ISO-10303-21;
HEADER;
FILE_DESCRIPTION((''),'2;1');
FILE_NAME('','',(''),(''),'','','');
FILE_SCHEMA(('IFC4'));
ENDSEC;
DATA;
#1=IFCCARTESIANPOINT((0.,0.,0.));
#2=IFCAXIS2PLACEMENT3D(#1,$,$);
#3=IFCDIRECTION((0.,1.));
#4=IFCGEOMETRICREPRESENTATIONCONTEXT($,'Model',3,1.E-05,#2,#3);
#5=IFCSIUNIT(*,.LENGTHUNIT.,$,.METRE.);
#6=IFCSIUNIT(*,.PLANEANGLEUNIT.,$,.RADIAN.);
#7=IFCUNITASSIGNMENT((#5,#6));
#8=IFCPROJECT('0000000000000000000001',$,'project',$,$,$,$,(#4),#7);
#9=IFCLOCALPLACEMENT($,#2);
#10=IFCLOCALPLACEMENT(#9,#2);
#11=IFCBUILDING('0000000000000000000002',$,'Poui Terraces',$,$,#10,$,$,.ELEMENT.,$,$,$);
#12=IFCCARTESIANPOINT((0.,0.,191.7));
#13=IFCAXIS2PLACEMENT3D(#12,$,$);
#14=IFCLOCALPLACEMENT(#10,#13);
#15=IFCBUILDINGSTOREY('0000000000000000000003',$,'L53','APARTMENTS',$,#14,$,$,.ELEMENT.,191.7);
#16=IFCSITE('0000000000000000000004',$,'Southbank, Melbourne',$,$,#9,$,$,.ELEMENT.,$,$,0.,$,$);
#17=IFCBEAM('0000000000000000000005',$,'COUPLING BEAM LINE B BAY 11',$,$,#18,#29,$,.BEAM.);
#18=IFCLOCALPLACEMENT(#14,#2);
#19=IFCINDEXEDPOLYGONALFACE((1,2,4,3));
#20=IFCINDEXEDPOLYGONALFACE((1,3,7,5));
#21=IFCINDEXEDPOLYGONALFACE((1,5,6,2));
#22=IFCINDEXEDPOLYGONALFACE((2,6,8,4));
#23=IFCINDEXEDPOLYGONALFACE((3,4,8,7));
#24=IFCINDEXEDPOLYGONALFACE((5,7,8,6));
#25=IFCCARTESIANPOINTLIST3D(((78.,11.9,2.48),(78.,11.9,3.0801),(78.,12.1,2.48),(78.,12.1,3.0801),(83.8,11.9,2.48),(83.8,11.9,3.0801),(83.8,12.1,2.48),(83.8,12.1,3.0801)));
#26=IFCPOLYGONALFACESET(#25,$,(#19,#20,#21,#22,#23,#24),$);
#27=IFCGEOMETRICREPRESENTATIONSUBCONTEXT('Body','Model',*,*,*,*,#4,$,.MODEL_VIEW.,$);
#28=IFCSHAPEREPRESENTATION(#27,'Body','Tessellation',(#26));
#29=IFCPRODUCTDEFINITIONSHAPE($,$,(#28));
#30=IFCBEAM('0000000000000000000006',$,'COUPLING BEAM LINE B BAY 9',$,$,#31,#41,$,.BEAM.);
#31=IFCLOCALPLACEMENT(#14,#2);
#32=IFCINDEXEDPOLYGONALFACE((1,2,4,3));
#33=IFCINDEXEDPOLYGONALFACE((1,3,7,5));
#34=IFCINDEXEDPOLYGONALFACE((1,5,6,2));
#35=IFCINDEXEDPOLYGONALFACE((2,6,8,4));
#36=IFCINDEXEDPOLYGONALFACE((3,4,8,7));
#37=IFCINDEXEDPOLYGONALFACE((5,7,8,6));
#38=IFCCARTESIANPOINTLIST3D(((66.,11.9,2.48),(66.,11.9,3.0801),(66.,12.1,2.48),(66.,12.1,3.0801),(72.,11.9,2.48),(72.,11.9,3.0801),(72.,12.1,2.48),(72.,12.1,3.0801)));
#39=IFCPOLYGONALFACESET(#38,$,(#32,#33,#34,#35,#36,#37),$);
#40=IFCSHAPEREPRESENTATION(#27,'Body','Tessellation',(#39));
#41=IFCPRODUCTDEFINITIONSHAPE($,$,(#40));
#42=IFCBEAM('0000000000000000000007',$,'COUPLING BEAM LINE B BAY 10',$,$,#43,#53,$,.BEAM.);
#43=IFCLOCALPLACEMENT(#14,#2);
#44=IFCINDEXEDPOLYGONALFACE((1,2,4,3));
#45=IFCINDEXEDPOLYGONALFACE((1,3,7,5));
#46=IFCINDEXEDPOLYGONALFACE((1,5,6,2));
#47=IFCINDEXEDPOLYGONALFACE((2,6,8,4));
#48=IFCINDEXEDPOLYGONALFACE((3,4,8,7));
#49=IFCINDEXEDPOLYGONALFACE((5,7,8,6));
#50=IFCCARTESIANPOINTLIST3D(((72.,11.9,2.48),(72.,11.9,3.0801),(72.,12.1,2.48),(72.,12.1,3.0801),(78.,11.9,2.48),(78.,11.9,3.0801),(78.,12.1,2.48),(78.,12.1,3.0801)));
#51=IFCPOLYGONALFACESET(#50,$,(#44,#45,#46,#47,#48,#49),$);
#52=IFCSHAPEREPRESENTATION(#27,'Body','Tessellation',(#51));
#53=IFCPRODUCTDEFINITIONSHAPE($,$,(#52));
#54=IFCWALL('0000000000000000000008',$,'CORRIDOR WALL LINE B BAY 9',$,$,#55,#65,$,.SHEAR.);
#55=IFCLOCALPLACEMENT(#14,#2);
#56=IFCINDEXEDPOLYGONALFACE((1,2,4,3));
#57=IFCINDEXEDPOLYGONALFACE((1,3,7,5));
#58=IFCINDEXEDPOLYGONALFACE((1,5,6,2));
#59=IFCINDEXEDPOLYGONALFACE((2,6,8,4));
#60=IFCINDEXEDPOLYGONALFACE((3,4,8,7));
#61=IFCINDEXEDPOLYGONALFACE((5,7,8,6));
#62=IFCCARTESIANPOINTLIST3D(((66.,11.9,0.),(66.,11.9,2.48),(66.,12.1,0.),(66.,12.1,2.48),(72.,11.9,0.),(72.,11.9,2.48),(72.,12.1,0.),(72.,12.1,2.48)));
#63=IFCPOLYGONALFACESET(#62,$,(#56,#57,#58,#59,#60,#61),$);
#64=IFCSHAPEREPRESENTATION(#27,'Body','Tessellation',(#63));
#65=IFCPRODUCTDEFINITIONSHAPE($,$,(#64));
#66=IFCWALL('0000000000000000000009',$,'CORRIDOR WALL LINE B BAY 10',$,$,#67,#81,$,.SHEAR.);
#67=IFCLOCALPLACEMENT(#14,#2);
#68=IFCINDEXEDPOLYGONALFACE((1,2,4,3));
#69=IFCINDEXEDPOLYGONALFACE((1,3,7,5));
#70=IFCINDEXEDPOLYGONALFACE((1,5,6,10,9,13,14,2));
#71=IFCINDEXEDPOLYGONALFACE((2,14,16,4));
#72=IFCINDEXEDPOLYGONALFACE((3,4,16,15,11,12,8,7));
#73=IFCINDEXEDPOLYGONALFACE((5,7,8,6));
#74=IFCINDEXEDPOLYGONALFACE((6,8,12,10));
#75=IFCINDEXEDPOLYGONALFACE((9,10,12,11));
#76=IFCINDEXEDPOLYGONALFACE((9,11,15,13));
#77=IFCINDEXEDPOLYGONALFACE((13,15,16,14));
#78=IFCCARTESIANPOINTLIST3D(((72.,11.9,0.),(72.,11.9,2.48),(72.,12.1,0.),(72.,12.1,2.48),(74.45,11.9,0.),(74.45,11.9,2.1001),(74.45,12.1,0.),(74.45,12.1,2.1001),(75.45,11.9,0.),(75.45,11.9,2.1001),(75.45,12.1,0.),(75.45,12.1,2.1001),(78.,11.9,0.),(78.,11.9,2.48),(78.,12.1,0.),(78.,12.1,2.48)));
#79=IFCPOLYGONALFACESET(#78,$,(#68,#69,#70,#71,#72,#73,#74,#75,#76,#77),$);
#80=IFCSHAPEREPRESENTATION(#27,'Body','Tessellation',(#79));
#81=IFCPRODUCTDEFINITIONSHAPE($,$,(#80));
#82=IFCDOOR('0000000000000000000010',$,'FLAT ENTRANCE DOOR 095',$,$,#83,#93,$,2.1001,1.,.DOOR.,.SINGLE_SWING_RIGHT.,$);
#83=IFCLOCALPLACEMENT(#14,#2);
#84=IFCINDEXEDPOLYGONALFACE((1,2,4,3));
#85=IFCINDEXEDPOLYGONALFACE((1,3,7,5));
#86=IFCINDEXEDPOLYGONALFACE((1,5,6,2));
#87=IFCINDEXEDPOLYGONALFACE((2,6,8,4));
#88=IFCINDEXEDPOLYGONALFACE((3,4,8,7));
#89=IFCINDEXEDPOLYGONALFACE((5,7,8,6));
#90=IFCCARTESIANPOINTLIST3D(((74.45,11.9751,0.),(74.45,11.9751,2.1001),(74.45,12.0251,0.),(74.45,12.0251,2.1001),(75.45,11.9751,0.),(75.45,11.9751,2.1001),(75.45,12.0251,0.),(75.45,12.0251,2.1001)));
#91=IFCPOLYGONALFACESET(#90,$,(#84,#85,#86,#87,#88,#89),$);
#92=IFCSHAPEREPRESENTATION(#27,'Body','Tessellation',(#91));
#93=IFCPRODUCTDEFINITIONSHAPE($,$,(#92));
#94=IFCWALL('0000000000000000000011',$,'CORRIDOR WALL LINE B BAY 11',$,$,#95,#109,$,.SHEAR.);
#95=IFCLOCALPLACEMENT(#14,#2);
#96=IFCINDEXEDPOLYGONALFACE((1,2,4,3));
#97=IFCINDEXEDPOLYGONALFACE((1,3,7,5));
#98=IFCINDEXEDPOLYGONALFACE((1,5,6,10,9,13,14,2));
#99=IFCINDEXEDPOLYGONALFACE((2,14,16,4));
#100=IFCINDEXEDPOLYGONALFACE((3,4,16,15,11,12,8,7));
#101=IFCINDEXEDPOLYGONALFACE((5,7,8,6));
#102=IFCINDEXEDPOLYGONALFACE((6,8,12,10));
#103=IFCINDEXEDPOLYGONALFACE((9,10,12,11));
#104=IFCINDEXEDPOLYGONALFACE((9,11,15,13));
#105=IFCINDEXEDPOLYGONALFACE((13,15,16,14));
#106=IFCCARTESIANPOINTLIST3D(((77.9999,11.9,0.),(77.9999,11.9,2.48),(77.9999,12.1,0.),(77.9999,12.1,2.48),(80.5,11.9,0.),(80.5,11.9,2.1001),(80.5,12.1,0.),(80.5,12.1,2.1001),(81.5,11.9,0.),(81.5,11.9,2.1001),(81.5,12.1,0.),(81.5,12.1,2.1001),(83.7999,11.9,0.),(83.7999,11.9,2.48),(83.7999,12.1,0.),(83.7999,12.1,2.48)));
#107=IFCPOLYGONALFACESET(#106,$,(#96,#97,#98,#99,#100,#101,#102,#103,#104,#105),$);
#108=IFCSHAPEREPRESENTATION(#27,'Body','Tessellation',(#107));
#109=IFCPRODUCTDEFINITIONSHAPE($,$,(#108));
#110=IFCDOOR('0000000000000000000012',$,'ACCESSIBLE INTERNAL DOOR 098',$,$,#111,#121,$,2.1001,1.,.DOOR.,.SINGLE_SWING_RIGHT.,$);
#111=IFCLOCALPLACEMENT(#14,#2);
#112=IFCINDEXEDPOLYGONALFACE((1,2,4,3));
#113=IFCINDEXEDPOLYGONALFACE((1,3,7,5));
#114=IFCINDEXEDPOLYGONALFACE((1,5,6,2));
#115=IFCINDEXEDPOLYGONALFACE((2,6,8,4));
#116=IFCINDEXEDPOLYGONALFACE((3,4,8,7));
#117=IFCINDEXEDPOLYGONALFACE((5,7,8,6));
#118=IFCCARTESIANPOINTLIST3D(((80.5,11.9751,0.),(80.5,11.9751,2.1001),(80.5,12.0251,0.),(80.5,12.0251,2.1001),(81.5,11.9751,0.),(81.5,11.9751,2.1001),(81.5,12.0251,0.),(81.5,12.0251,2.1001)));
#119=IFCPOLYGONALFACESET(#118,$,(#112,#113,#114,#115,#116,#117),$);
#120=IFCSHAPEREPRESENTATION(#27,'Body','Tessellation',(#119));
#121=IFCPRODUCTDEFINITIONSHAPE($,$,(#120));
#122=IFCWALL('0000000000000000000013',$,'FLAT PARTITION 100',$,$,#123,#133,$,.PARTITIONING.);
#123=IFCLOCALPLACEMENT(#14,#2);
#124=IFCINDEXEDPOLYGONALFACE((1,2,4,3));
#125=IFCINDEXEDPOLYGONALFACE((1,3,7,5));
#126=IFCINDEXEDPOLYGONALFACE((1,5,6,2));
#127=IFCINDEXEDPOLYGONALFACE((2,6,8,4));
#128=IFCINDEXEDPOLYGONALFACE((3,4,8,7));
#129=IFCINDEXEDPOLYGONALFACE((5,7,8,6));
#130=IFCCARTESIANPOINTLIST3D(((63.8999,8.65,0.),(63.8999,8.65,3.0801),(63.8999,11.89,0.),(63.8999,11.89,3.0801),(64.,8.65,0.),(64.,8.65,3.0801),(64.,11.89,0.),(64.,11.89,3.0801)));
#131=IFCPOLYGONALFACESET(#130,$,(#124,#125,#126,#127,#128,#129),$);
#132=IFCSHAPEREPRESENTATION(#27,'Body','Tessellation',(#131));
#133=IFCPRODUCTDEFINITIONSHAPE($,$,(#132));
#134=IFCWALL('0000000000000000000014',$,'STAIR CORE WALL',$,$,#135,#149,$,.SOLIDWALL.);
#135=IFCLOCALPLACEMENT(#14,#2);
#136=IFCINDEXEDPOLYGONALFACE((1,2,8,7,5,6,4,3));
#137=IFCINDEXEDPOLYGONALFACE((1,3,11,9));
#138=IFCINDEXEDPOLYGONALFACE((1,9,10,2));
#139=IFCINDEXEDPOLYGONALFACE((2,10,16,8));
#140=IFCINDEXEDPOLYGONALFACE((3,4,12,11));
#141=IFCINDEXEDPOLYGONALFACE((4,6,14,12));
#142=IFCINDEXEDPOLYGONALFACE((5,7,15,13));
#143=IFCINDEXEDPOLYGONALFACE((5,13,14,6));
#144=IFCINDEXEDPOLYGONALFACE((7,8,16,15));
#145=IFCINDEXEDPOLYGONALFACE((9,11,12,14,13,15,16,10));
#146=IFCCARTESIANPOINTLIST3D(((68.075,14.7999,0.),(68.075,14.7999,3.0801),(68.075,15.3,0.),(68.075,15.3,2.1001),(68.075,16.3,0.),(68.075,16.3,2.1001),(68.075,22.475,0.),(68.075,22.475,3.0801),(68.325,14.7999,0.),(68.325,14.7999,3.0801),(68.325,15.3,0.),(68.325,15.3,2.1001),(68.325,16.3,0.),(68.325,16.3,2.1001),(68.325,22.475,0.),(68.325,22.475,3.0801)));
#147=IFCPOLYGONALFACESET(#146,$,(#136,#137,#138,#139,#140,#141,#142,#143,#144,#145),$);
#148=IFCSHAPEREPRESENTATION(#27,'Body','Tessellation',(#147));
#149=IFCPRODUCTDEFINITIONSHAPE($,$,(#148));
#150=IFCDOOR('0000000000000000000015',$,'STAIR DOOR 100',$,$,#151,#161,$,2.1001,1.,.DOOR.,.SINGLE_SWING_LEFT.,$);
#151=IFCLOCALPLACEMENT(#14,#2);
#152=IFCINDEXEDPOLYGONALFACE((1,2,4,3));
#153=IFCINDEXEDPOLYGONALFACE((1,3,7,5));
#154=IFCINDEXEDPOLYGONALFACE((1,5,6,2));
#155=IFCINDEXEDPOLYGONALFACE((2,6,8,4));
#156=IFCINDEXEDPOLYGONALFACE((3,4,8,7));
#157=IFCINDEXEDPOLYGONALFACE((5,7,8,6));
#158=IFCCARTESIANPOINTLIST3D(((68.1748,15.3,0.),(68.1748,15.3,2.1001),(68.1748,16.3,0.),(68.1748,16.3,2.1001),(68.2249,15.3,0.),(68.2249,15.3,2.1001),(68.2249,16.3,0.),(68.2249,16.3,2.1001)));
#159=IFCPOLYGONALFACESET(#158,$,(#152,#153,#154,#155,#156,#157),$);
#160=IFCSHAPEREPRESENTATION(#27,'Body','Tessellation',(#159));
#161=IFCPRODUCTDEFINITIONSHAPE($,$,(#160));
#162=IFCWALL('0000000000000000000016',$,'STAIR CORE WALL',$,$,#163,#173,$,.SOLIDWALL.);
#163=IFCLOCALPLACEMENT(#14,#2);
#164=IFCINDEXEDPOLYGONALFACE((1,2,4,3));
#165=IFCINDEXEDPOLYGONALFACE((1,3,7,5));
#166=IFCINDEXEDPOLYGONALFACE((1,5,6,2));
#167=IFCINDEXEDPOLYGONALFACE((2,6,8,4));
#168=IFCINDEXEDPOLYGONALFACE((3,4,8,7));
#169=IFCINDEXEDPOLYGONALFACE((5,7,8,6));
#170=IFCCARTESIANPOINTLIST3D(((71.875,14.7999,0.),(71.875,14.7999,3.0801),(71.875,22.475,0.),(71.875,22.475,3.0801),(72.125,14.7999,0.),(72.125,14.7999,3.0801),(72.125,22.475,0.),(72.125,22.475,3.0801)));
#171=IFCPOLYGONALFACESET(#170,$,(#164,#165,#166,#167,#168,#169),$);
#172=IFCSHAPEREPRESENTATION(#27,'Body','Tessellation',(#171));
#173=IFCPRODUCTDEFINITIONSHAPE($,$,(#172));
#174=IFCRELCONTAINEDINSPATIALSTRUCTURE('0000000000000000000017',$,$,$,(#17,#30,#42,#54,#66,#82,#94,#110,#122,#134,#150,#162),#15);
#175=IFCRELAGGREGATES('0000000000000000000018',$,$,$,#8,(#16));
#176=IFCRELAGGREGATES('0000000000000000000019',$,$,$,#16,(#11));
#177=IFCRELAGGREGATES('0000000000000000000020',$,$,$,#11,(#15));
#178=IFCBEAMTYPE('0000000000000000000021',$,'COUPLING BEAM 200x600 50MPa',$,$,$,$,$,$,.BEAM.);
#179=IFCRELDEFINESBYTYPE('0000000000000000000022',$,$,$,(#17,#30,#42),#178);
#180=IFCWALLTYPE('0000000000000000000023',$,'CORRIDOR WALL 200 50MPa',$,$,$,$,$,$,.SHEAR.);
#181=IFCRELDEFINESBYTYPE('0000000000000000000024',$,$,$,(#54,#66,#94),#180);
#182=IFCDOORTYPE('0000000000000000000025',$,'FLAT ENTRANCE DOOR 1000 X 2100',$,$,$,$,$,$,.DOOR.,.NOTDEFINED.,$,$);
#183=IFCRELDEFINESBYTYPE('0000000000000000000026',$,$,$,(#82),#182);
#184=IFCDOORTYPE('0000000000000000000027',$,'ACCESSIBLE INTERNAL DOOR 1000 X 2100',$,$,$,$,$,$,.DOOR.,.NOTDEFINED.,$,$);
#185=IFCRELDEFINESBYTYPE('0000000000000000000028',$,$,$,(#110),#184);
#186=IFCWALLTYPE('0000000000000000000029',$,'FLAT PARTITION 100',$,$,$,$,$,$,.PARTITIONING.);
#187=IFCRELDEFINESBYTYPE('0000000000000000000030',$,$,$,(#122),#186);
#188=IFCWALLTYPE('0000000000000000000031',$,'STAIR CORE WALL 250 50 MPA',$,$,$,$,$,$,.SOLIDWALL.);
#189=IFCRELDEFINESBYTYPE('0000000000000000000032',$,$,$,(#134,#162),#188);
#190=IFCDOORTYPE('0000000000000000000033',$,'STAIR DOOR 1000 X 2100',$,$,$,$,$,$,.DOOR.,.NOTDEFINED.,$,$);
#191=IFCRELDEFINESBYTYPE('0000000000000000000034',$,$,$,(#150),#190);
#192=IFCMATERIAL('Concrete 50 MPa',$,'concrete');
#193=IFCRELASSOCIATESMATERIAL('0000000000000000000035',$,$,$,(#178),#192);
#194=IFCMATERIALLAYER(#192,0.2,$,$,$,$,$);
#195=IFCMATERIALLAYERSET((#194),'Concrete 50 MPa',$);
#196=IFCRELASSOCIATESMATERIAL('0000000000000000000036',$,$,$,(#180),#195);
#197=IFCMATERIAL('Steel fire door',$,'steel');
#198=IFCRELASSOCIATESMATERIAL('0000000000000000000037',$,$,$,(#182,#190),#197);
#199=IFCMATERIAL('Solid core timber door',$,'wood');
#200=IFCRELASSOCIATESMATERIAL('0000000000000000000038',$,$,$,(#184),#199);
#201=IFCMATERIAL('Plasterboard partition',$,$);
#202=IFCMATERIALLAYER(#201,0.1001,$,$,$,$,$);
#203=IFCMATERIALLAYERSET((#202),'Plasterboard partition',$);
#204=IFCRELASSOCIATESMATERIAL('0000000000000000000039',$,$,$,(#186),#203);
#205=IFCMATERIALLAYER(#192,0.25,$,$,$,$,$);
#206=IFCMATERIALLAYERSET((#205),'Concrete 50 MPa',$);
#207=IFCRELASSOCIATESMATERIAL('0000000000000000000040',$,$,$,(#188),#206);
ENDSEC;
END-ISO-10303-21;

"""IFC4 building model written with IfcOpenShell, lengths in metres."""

from ifc_helpers import new_model, si_unit, direction, frame, frame_2d, origin, origin_2d, place, context, subcontext, project, spatial, rectangle, extrude, source, transform, mapped, material, layer, layer_set, material_profile, profile_set, type_object, element, fill, save


model = new_model("IFC4")

# Units and contexts
model_context = context("Model", 3, precision=1e-05, world=origin(), true_north=direction((0.0, 1.0)))
body_context = subcontext(model_context, "Body", "Model", "MODEL_VIEW")
ifc_project = project(units=[si_unit("LENGTHUNIT", "METRE"), si_unit("PLANEANGLEUNIT", "RADIAN")], contexts=[model_context])

# Site, building, storey
site_placement = place(None, origin())
site = spatial("IfcSite", under=ifc_project, at=site_placement, Name="Southbank, Melbourne", CompositionType="ELEMENT", RefElevation=0.0)
building_placement = place(site_placement, origin())
building = spatial("IfcBuilding", under=site, at=building_placement, Name="Poui Terraces", CompositionType="ELEMENT")
storey_placement = place(building_placement, frame((0.0, 0.0, 191.7)))
storey = spatial("IfcBuildingStorey", under=building, at=storey_placement, Name="L53", Description="APARTMENTS", CompositionType="ELEMENT", Elevation=191.7)

# Beams
ifc_material_1 = material(Name="Concrete 50 MPa", Category="concrete")
ifc_material_profile = material_profile(ifc_material_1, rectangle(XDim=0.2, YDim=0.6001, at=origin_2d()), Name="RC 200x600")
ifc_profile_set = profile_set([ifc_material_profile], Name="Concrete 50 MPa")
beam_type = type_object("IfcBeamType", Name="COUPLING BEAM 200x600 50MPa", PredefinedType="BEAM", material=ifc_profile_set)
shared_shape_1 = source(origin(), body_context, "Body", "SweptSolid", [
    extrude(rectangle(XDim=0.2, YDim=0.6001, at=origin_2d()), origin(), (0.0, 0.0, 1.0), 5.8),
])
beam_placement = place(storey_placement, frame((78.0, 12.0, 2.78), z_axis=(1.0, 0.0, 0.0), x_axis=(0.0, 1.0, 0.0)))
element("IfcBeam", 1, at=beam_placement, inside=storey, type_object=beam_type, Name="COUPLING BEAM LINE B BAY 11", PredefinedType="BEAM", context=body_context, shape_type="MappedRepresentation", body=[
    mapped(shared_shape_1, transform((0.0, 0.0, 0.0))),
])
shared_shape_2 = source(origin(), body_context, "Body", "SweptSolid", [
    extrude(rectangle(XDim=0.2, YDim=0.6001, at=origin_2d()), origin(), (0.0, 0.0, 1.0), 6.0),
])
for number, where, z_axis, x_axis, name in (
    (2, (66.0, 12.0, 2.78), (1.0, 0.0, 0.0), (0.0, 1.0, 0.0), "COUPLING BEAM LINE B BAY 9"),
    (3, (72.0, 12.0, 2.78), (1.0, 0.0, 0.0), (0.0, 1.0, 0.0), "COUPLING BEAM LINE B BAY 10"),
):
    element("IfcBeam", number, at=place(storey_placement, frame(where, z_axis=z_axis, x_axis=x_axis)), inside=storey, type_object=beam_type, Name=name, PredefinedType="BEAM", context=body_context, shape_type="MappedRepresentation", body=[
        mapped(shared_shape_2, transform((0.0, 0.0, 0.0))),
    ])

# Wall
ifc_layer_1 = layer(ifc_material_1, 0.2)
ifc_layer_set_1 = layer_set([ifc_layer_1], Name="Concrete 50 MPa")
wall_type_1 = type_object("IfcWallType", Name="CORRIDOR WALL 200 50MPa", PredefinedType="SHEAR", material=ifc_layer_set_1)
wall_1_placement = place(storey_placement, frame((66.0, 12.0, 0.0), z_axis=(0.0, 0.0, 1.0), x_axis=(1.0, 0.0, 0.0)))
element("IfcWall", 4, at=wall_1_placement, inside=storey, type_object=wall_type_1, Name="CORRIDOR WALL LINE B BAY 9", PredefinedType="SHEAR", context=body_context, shape_type="SweptSolid", body=[
    extrude(rectangle(XDim=6.0, YDim=0.2, at=frame_2d((3.0, 0.0))), origin(), (0.0, 0.0, 1.0), 2.48),
])

# Walls, openings, doors
wall_2_placement = place(storey_placement, frame((72.0, 12.0, 0.0), z_axis=(0.0, 0.0, 1.0), x_axis=(1.0, 0.0, 0.0)))
wall_2 = element("IfcWall", 5, at=wall_2_placement, inside=storey, type_object=wall_type_1, Name="CORRIDOR WALL LINE B BAY 10", PredefinedType="SHEAR", context=body_context, shape_type="SweptSolid", body=[
    extrude(rectangle(XDim=6.0, YDim=0.2, at=frame_2d((3.0, 0.0))), origin(), (0.0, 0.0, 1.0), 2.48),
])
opening_1_placement = place(wall_2_placement, frame((2.45, 0.0, 0.0)))
opening_1 = element("IfcOpeningElement", 6, at=opening_1_placement, cuts=wall_2, PredefinedType="OPENING", context=body_context, shape_type="SweptSolid", body=[
    extrude(rectangle(XDim=1.0, YDim=2.1001, at=frame_2d((0.5, 1.05))), frame((0.0, 0.1099, 0.0), z_axis=(0.0, -1.0, 0.0), x_axis=(1.0, 0.0, 0.0)), (0.0, 0.0, 1.0), 0.22),
])
ifc_material_2 = material(Name="Steel fire door", Category="steel")
door_type_1 = type_object("IfcDoorType", Name="FLAT ENTRANCE DOOR 1000 X 2100", OperationType="NOTDEFINED", PredefinedType="DOOR", material=ifc_material_2)
door_1_placement = place(opening_1_placement, frame((1.0, 0.0, 0.0), z_axis=(0.0, 0.0, 1.0), x_axis=(-1.0, 0.0, 0.0)))
door_1 = element("IfcDoor", 7, at=door_1_placement, inside=storey, type_object=door_type_1, Name="FLAT ENTRANCE DOOR 095", OperationType="SINGLE_SWING_RIGHT", OverallHeight=2.1001, OverallWidth=1.0, PredefinedType="DOOR", context=body_context, shape_type="SweptSolid", body=[
    extrude(rectangle(XDim=1.0, YDim=2.1001, at=frame_2d((0.5, 1.05))), frame((0.0, 0.0249, 0.0), z_axis=(0.0, -1.0, 0.0), x_axis=(1.0, 0.0, 0.0)), (0.0, 0.0, 1.0), 0.05),
])
fill(opening_1, door_1)
wall_3_placement = place(storey_placement, frame((78.0, 12.0, 0.0), z_axis=(0.0, 0.0, 1.0), x_axis=(1.0, 0.0, 0.0)))
wall_3 = element("IfcWall", 8, at=wall_3_placement, inside=storey, type_object=wall_type_1, Name="CORRIDOR WALL LINE B BAY 11", PredefinedType="SHEAR", context=body_context, shape_type="SweptSolid", body=[
    extrude(rectangle(XDim=5.8, YDim=0.2, at=frame_2d((2.8999, 0.0))), origin(), (0.0, 0.0, 1.0), 2.48),
])
opening_2_placement = place(wall_3_placement, frame((2.5, 0.0, 0.0)))
opening_2 = element("IfcOpeningElement", 9, at=opening_2_placement, cuts=wall_3, PredefinedType="OPENING", context=body_context, shape_type="SweptSolid", body=[
    extrude(rectangle(XDim=1.0, YDim=2.1001, at=frame_2d((0.5, 1.05))), frame((0.0, 0.1099, 0.0), z_axis=(0.0, -1.0, 0.0), x_axis=(1.0, 0.0, 0.0)), (0.0, 0.0, 1.0), 0.22),
])
ifc_material_3 = material(Name="Solid core timber door", Category="wood")
door_type_2 = type_object("IfcDoorType", Name="ACCESSIBLE INTERNAL DOOR 1000 X 2100", OperationType="NOTDEFINED", PredefinedType="DOOR", material=ifc_material_3)
door_2_placement = place(opening_2_placement, frame((1.0, 0.0, 0.0), z_axis=(0.0, 0.0, 1.0), x_axis=(-1.0, 0.0, 0.0)))
door_2 = element("IfcDoor", 10, at=door_2_placement, inside=storey, type_object=door_type_2, Name="ACCESSIBLE INTERNAL DOOR 098", OperationType="SINGLE_SWING_RIGHT", OverallHeight=2.1001, OverallWidth=1.0, PredefinedType="DOOR", context=body_context, shape_type="SweptSolid", body=[
    extrude(rectangle(XDim=1.0, YDim=2.1001, at=frame_2d((0.5, 1.05))), frame((0.0, 0.0249, 0.0), z_axis=(0.0, -1.0, 0.0), x_axis=(1.0, 0.0, 0.0)), (0.0, 0.0, 1.0), 0.05),
])
fill(opening_2, door_2)

# Wall
ifc_material_4 = material(Name="Plasterboard partition")
ifc_layer_2 = layer(ifc_material_4, 0.1001)
ifc_layer_set_2 = layer_set([ifc_layer_2], Name="Plasterboard partition")
wall_type_2 = type_object("IfcWallType", Name="FLAT PARTITION 100", PredefinedType="PARTITIONING", material=ifc_layer_set_2)
wall_4_placement = place(storey_placement, frame((63.95, 8.6499, 0.0), z_axis=(0.0, 0.0, 1.0), x_axis=(0.0, 1.0, 0.0)))
element("IfcWall", 11, at=wall_4_placement, inside=storey, type_object=wall_type_2, Name="FLAT PARTITION 100", PredefinedType="PARTITIONING", context=body_context, shape_type="SweptSolid", body=[
    extrude(rectangle(XDim=3.24, YDim=0.1001, at=frame_2d((1.6201, 0.0))), origin(), (0.0, 0.0, 1.0), 3.0801),
])

# Wall, opening, door
ifc_layer_3 = layer(ifc_material_1, 0.25)
ifc_layer_set_3 = layer_set([ifc_layer_3], Name="Concrete 50 MPa")
wall_type_3 = type_object("IfcWallType", Name="STAIR CORE WALL 250 50 MPA", PredefinedType="SOLIDWALL", material=ifc_layer_set_3)
wall_5_placement = place(storey_placement, frame((68.2, 14.8, 0.0), z_axis=(0.0, 0.0, 1.0), x_axis=(0.0, 1.0, 0.0)))
wall_5 = element("IfcWall", 12, at=wall_5_placement, inside=storey, type_object=wall_type_3, Name="STAIR CORE WALL", PredefinedType="SOLIDWALL", context=body_context, shape_type="SweptSolid", body=[
    extrude(rectangle(XDim=7.675, YDim=0.25, at=frame_2d((3.8374, 0.0))), origin(), (0.0, 0.0, 1.0), 3.0801),
])
opening_3_placement = place(wall_5_placement, frame((0.5, 0.0, 0.0)))
opening_3 = element("IfcOpeningElement", 13, at=opening_3_placement, cuts=wall_5, PredefinedType="OPENING", context=body_context, shape_type="SweptSolid", body=[
    extrude(rectangle(XDim=1.0, YDim=2.1001, at=frame_2d((0.5, 1.05))), frame((0.0, 0.135, 0.0), z_axis=(0.0, -1.0, 0.0), x_axis=(1.0, 0.0, 0.0)), (0.0, 0.0, 1.0), 0.27),
])
door_type_3 = type_object("IfcDoorType", Name="STAIR DOOR 1000 X 2100", OperationType="NOTDEFINED", PredefinedType="DOOR", material=ifc_material_2)
door_3_placement = place(opening_3_placement, frame((1.0, 0.0, 0.0), z_axis=(0.0, 0.0, 1.0), x_axis=(-1.0, 0.0, 0.0)))
door_3 = element("IfcDoor", 14, at=door_3_placement, inside=storey, type_object=door_type_3, Name="STAIR DOOR 100", OperationType="SINGLE_SWING_LEFT", OverallHeight=2.1001, OverallWidth=1.0, PredefinedType="DOOR", context=body_context, shape_type="SweptSolid", body=[
    extrude(rectangle(XDim=1.0, YDim=2.1001, at=frame_2d((0.5, 1.05))), frame((0.0, 0.0249, 0.0), z_axis=(0.0, -1.0, 0.0), x_axis=(1.0, 0.0, 0.0)), (0.0, 0.0, 1.0), 0.05),
])
fill(opening_3, door_3)

# Wall
for number, where, z_axis, x_axis, name in (
    (15, (72.0, 14.8, 0.0), (0.0, 0.0, 1.0), (0.0, 1.0, 0.0), "STAIR CORE WALL"),
):
    element("IfcWall", number, at=place(storey_placement, frame(where, z_axis=z_axis, x_axis=x_axis)), inside=storey, type_object=wall_type_3, Name=name, PredefinedType="SOLIDWALL", context=body_context, shape_type="SweptSolid", body=[
        extrude(rectangle(XDim=7.675, YDim=0.25, at=frame_2d((3.8374, 0.0))), origin(), (0.0, 0.0, 1.0), 3.0801),
    ])

save(model, "model.ifc")
